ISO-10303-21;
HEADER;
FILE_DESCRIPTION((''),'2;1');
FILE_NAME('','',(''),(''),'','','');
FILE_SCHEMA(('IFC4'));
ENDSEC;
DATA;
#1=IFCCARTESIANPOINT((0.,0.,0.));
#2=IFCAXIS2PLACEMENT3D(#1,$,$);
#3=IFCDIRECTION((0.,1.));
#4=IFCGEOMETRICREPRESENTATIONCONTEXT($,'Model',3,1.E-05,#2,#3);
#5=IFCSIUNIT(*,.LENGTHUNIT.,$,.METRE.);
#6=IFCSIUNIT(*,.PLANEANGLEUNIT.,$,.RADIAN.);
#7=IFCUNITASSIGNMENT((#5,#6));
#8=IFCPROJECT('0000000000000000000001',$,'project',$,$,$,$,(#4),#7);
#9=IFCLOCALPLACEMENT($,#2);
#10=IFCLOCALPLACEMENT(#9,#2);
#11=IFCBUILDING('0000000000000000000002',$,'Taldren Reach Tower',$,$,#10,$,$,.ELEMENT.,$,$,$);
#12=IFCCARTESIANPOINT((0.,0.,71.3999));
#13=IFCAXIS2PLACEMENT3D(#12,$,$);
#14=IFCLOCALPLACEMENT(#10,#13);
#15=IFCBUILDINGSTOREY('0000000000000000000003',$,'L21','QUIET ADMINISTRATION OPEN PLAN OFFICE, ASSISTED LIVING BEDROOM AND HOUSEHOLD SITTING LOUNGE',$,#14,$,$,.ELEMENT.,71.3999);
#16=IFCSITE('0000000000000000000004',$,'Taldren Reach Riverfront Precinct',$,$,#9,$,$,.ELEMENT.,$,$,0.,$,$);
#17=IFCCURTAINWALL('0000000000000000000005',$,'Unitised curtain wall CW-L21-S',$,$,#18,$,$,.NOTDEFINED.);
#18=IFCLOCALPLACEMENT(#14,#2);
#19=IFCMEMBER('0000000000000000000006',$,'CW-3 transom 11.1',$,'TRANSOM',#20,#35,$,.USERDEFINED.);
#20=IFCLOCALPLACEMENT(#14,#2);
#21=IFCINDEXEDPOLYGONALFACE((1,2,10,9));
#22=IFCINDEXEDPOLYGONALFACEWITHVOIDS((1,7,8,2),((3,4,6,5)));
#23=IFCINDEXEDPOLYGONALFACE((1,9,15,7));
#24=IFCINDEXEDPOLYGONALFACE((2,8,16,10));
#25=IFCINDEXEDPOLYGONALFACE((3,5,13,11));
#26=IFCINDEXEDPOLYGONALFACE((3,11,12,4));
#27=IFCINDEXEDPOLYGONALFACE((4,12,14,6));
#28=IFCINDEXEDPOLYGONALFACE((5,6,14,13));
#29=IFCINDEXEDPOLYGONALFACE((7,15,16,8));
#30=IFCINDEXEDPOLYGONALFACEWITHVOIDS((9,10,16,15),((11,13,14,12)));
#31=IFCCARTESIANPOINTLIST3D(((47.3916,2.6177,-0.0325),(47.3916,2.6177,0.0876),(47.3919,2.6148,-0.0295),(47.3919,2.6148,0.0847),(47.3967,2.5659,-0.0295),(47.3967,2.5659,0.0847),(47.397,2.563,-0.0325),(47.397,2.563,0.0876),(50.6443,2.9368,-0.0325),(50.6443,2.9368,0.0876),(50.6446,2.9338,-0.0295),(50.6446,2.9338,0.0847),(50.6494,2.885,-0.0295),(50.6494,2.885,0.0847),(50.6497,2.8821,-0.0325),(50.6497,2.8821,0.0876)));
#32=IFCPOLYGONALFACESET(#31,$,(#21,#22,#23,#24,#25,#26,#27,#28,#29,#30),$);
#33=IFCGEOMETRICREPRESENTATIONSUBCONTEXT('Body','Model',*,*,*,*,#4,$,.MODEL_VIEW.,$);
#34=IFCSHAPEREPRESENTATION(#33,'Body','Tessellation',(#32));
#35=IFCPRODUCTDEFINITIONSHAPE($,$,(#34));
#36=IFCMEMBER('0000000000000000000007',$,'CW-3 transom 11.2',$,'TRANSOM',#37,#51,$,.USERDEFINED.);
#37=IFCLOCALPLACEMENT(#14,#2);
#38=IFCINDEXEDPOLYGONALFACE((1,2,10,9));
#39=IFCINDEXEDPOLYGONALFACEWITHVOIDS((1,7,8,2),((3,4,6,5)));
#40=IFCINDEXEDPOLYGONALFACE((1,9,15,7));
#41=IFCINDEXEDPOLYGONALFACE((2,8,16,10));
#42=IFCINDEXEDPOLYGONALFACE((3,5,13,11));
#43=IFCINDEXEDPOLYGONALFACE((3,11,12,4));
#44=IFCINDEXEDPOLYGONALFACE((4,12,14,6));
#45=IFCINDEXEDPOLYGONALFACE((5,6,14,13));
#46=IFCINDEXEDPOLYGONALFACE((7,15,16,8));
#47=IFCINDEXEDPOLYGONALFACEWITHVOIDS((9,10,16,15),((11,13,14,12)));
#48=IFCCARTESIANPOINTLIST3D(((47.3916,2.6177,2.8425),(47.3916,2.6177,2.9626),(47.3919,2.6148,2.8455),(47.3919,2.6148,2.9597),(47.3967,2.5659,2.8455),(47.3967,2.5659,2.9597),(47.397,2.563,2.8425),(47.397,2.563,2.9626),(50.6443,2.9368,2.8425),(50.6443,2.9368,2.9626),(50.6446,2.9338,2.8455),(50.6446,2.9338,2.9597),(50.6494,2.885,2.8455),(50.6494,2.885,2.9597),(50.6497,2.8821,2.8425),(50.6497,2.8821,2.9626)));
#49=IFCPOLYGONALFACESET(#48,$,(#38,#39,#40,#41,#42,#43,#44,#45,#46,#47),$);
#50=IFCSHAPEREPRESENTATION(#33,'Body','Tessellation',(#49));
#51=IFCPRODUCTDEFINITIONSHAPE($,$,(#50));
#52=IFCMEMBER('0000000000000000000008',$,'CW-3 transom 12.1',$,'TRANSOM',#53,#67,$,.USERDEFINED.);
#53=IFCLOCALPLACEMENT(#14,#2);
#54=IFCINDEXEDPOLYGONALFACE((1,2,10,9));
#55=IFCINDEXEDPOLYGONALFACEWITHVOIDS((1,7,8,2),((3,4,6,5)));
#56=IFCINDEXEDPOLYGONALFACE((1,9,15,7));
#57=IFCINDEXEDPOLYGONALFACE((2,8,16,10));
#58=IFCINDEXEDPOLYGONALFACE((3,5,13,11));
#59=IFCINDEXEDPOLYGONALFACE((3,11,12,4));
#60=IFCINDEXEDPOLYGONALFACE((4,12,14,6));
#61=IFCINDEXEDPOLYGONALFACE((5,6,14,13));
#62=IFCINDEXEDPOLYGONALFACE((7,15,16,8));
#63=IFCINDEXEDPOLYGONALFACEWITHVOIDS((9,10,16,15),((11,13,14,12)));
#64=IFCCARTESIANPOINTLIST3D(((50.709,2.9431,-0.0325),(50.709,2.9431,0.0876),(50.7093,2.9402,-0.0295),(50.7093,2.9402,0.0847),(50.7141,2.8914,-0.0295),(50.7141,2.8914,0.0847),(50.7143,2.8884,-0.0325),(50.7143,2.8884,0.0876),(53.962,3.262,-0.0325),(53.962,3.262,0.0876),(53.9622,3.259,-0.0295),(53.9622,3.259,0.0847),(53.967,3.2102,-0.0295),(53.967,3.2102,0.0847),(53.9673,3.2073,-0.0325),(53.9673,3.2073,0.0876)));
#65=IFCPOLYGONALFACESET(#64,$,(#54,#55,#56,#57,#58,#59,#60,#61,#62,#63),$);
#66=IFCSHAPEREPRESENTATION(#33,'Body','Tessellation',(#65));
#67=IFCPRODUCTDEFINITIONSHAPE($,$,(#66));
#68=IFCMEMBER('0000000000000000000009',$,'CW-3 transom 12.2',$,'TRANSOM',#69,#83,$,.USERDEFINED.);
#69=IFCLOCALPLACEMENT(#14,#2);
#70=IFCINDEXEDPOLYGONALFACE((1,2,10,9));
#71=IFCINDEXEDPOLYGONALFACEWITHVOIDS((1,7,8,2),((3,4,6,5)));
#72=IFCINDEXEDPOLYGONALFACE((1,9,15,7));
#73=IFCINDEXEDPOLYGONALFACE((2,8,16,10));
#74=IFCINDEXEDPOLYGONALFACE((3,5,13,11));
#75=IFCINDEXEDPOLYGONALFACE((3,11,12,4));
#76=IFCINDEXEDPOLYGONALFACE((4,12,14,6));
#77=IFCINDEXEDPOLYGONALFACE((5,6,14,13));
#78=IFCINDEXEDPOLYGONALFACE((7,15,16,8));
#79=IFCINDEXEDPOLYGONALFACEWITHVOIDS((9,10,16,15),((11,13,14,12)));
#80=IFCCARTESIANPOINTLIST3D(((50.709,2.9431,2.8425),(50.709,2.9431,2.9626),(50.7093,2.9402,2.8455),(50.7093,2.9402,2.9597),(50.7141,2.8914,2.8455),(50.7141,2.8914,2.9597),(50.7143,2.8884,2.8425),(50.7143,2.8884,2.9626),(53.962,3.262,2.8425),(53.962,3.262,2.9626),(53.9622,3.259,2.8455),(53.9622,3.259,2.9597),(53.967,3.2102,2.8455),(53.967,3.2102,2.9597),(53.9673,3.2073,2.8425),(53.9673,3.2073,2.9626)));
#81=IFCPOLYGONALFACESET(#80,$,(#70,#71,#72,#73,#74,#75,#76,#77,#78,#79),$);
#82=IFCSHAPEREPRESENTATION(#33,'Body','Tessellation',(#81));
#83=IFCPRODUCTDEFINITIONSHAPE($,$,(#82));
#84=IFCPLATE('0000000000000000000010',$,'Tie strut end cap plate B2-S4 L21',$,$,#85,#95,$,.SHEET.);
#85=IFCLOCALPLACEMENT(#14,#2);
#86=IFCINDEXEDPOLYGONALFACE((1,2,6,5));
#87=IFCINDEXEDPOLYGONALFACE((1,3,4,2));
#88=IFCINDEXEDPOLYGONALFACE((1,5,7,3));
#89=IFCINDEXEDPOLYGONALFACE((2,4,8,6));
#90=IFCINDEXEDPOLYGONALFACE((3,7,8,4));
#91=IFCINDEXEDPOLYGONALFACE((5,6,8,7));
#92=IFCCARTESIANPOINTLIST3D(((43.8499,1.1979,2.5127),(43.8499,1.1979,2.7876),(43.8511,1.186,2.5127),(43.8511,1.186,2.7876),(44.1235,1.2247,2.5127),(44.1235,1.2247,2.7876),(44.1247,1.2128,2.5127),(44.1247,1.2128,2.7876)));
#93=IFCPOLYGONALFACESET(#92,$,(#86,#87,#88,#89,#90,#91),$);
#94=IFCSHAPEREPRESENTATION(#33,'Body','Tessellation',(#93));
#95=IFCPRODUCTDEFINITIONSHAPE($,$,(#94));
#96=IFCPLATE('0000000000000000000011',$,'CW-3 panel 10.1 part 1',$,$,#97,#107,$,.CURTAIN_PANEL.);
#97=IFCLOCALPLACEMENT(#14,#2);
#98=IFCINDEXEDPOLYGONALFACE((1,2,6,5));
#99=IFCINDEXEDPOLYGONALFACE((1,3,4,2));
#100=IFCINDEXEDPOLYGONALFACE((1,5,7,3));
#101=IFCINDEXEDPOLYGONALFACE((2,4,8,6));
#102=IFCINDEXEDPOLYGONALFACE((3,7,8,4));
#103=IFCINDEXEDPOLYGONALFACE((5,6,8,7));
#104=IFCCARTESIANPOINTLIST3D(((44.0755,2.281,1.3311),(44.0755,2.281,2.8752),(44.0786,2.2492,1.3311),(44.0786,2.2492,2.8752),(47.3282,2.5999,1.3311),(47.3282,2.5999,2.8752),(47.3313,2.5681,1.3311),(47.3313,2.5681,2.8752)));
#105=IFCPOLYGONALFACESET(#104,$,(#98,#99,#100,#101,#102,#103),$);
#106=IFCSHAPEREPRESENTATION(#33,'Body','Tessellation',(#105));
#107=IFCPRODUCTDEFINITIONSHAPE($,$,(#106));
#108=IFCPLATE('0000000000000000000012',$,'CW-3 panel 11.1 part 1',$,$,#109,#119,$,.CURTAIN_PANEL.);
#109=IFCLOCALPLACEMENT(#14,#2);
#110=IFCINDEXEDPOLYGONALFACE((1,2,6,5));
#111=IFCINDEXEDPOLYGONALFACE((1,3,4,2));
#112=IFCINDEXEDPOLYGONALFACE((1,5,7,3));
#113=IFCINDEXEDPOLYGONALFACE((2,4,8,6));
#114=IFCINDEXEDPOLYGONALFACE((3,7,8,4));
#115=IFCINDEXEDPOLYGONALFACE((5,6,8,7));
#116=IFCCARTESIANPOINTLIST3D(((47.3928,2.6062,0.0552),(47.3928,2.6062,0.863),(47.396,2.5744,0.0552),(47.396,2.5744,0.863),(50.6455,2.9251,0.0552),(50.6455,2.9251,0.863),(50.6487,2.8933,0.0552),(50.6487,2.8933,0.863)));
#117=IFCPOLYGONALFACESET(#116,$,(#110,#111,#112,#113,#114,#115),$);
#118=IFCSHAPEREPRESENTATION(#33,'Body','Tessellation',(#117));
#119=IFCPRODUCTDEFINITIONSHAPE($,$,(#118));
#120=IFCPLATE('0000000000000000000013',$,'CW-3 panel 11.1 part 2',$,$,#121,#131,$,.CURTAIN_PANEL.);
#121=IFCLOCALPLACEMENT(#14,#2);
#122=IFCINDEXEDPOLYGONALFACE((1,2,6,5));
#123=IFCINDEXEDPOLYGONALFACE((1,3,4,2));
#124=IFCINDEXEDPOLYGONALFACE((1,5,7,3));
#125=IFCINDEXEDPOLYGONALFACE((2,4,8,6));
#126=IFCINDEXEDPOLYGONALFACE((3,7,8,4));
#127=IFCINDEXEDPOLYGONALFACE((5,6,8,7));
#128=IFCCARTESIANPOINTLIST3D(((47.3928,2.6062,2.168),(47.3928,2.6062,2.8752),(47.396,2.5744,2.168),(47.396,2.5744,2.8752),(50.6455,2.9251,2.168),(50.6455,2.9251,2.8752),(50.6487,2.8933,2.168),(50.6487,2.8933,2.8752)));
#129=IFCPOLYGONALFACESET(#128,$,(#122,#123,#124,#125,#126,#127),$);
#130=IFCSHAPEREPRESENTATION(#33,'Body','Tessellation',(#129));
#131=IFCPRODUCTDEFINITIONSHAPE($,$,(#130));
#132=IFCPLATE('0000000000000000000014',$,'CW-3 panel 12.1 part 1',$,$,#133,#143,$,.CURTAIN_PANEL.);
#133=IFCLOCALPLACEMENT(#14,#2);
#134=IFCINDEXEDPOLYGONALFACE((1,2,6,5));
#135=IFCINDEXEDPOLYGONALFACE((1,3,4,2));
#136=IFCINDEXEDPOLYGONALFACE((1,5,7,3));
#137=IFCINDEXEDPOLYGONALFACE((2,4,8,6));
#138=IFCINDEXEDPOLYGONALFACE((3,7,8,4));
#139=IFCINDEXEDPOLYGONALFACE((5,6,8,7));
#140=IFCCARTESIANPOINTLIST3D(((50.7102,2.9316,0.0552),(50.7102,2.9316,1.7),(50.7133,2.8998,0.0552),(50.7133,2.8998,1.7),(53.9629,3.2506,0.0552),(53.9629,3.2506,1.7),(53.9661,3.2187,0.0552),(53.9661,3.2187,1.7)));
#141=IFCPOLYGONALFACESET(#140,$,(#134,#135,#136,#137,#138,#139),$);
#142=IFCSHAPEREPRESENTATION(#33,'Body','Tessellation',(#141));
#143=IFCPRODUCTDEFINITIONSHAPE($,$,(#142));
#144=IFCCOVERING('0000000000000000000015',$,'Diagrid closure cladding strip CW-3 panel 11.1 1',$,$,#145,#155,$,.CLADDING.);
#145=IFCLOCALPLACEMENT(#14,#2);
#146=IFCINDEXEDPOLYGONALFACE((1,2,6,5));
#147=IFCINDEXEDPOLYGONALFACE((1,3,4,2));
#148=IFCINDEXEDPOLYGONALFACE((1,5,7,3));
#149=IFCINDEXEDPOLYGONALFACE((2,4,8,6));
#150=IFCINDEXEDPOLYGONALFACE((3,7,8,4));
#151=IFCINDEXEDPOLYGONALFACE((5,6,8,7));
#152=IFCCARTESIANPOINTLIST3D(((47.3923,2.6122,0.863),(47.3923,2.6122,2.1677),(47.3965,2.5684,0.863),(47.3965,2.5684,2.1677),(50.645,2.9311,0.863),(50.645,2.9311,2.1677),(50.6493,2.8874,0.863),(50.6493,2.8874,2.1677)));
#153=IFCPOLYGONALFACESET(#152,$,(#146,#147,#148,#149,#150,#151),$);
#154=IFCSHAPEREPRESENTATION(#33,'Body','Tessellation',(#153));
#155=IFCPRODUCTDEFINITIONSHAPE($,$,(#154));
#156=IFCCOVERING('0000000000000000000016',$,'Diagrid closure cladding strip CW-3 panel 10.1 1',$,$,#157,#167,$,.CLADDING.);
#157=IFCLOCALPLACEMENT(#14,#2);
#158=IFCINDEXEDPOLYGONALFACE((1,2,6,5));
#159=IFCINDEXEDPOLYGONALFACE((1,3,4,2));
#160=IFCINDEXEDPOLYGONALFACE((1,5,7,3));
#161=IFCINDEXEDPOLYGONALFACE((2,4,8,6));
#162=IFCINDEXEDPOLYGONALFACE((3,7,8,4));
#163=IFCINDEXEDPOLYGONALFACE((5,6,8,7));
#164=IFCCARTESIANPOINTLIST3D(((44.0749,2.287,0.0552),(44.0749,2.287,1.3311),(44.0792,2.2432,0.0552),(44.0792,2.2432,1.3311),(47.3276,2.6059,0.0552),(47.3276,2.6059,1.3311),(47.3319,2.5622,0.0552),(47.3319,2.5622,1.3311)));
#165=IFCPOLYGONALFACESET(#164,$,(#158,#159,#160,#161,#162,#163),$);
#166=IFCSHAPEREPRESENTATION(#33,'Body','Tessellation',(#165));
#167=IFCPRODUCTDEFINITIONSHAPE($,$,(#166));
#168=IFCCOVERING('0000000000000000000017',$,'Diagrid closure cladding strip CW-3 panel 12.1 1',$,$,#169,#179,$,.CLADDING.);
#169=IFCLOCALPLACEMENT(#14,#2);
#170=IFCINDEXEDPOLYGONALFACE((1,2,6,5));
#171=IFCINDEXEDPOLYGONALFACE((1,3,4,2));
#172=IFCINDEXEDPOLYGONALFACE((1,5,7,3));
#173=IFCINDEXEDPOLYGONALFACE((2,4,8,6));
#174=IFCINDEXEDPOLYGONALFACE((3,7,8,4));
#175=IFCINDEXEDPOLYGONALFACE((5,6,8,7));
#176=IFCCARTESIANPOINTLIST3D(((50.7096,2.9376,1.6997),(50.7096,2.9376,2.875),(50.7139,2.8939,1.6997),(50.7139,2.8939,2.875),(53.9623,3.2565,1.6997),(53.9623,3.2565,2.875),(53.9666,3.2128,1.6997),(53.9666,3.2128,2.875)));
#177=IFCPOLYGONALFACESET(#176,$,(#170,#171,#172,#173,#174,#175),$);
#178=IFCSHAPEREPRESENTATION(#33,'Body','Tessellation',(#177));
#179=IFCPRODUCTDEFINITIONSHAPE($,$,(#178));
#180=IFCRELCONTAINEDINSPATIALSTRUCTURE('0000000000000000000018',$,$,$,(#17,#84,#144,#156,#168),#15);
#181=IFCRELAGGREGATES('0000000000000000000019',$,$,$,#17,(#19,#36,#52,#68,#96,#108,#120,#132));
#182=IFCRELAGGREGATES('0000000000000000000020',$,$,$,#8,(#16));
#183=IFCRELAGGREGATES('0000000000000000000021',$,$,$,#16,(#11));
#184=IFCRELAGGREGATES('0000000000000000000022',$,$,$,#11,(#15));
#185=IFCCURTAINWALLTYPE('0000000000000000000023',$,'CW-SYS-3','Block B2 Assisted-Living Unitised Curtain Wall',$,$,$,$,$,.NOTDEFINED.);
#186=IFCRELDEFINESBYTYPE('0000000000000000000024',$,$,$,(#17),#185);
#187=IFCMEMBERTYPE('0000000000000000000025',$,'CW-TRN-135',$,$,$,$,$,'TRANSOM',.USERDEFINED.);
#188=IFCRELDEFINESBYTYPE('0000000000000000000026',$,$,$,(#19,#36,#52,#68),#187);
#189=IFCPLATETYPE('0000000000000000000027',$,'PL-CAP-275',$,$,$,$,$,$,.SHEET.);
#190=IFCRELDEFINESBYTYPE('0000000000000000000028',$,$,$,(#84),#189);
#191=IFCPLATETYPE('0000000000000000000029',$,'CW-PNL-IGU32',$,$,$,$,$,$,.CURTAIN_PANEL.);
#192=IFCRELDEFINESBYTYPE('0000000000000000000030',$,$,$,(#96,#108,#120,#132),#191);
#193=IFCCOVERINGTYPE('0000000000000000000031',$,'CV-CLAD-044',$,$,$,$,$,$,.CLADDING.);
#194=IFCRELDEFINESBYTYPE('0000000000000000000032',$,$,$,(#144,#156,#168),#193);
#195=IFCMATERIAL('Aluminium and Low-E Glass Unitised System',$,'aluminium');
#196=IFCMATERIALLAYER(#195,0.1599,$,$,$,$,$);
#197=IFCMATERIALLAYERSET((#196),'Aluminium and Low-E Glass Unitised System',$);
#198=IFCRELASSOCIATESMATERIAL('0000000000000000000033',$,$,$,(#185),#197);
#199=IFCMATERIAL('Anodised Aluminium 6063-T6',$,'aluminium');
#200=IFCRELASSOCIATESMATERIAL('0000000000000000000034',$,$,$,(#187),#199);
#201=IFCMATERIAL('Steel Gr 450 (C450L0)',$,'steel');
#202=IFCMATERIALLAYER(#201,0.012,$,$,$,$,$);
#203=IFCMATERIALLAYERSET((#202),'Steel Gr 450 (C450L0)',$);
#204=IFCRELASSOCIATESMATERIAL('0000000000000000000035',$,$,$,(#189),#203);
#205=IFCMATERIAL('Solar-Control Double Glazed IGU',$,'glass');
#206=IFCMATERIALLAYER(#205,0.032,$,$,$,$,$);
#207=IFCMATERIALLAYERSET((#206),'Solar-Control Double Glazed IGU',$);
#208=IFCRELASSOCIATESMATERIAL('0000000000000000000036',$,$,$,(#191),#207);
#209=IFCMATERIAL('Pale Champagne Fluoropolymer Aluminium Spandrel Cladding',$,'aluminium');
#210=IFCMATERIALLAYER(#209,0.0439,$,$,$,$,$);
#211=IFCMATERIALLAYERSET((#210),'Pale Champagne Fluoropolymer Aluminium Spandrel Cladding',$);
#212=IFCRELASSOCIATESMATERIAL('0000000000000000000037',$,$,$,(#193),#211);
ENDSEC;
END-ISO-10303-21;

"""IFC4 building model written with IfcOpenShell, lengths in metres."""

from ifc_helpers import new_model, si_unit, direction, frame, origin, origin_2d, place, context, subcontext, project, spatial, rectangle, hollow_rectangle, extrude, source, transform, mapped, material, layer, layer_set, material_profile, profile_set, type_object, element, aggregate, save


model = new_model("IFC4")

# Units and contexts
model_context = context("Model", 3, precision=1e-05, world=origin(), true_north=direction((0.0, 1.0)))
body_context = subcontext(model_context, "Body", "Model", "MODEL_VIEW")
ifc_project = project(units=[si_unit("LENGTHUNIT", "METRE"), si_unit("PLANEANGLEUNIT", "RADIAN")], contexts=[model_context])

# Site, building, storey
site_placement = place(None, origin())
site = spatial("IfcSite", under=ifc_project, at=site_placement, Name="Taldren Reach Riverfront Precinct", CompositionType="ELEMENT", RefElevation=0.0)
building_placement = place(site_placement, origin())
building = spatial("IfcBuilding", under=site, at=building_placement, Name="Taldren Reach Tower", CompositionType="ELEMENT")
storey_placement = place(building_placement, frame((0.0, 0.0, 71.3999)))
storey = spatial("IfcBuildingStorey", under=building, at=storey_placement, Name="L21", Description="QUIET ADMINISTRATION OPEN PLAN OFFICE, ASSISTED LIVING BEDROOM AND HOUSEHOLD SITTING LOUNGE", CompositionType="ELEMENT", Elevation=71.3999)

# Shared definitions
ifc_material_1 = material(Name="Steel Gr 450 (C450L0)", Category="steel")

# Curtain wall, members
ifc_material_2 = material(Name="Aluminium and Low-E Glass Unitised System", Category="aluminium")
ifc_layer_1 = layer(ifc_material_2, 0.1599)
ifc_layer_set_1 = layer_set([ifc_layer_1], Name="Aluminium and Low-E Glass Unitised System")
curtain_wall_type = type_object("IfcCurtainWallType", Name="CW-SYS-3", Description="Block B2 Assisted-Living Unitised Curtain Wall", PredefinedType="NOTDEFINED", material=ifc_layer_set_1)
curtain_wall_placement = place(storey_placement, origin())
curtain_wall = element("IfcCurtainWall", 1, at=curtain_wall_placement, inside=storey, type_object=curtain_wall_type, Name="Unitised curtain wall CW-L21-S", PredefinedType="NOTDEFINED")
ifc_material_3 = material(Name="Anodised Aluminium 6063-T6", Category="aluminium")
ifc_material_profile_1 = material_profile(ifc_material_3, hollow_rectangle(XDim=0.0549, YDim=0.1201, WallThickness=0.0029, at=origin_2d()), Name="ALU-120x55x3RHS")
ifc_profile_set_1 = profile_set([ifc_material_profile_1], Name="Anodised Aluminium 6063-T6")
member_type_1 = type_object("IfcMemberType", Name="CW-TRN-135", ElementType="TRANSOM", PredefinedType="USERDEFINED", material=ifc_profile_set_1)
shared_shape_1 = source(origin(), body_context, "Body", "SweptSolid", [
    extrude(hollow_rectangle(XDim=0.0549, YDim=0.1201, WallThickness=0.0029, at=origin_2d()), origin(), (0.0, 0.0, 1.0), 3.2683),
])
member_1_placement = place(storey_placement, frame((47.3943, 2.5903, 0.0276), z_axis=(0.995223, 0.097632, 0.0), x_axis=(-0.097632, 0.995223, 0.0)))
member_1 = element("IfcMember", 2, at=member_1_placement, type_object=member_type_1, Name="CW-3 transom 11.1", ObjectType="TRANSOM", PredefinedType="USERDEFINED", context=body_context, shape_type="MappedRepresentation", body=[
    mapped(shared_shape_1, transform((0.0, 0.0, 0.0), scale=1.0)),
])
member_2_placement = place(storey_placement, frame((47.3943, 2.5903, 2.9026), z_axis=(0.995223, 0.097632, 0.0), x_axis=(-0.097632, 0.995223, 0.0)))
member_2 = element("IfcMember", 3, at=member_2_placement, type_object=member_type_1, Name="CW-3 transom 11.2", ObjectType="TRANSOM", PredefinedType="USERDEFINED", context=body_context, shape_type="MappedRepresentation", body=[
    mapped(shared_shape_1, transform((0.0, 0.0, 0.0), scale=1.0)),
])
shared_shape_2 = source(origin(), body_context, "Body", "SweptSolid", [
    extrude(hollow_rectangle(XDim=0.0549, YDim=0.1201, WallThickness=0.0029, at=origin_2d()), origin(), (0.0, 0.0, 1.0), 3.2686),
])
member_3_placement = place(storey_placement, frame((50.7117, 2.9158, 0.0276), z_axis=(0.995231, 0.097551, 0.0), x_axis=(-0.097551, 0.995231, 0.0)))
member_3 = element("IfcMember", 4, at=member_3_placement, type_object=member_type_1, Name="CW-3 transom 12.1", ObjectType="TRANSOM", PredefinedType="USERDEFINED", context=body_context, shape_type="MappedRepresentation", body=[
    mapped(shared_shape_2, transform((0.0, 0.0, 0.0), scale=1.0)),
])
member_4_placement = place(storey_placement, frame((50.7117, 2.9158, 2.9026), z_axis=(0.995231, 0.097551, 0.0), x_axis=(-0.097551, 0.995231, 0.0)))
member_4 = element("IfcMember", 5, at=member_4_placement, type_object=member_type_1, Name="CW-3 transom 12.2", ObjectType="TRANSOM", PredefinedType="USERDEFINED", context=body_context, shape_type="MappedRepresentation", body=[
    mapped(shared_shape_2, transform((0.0, 0.0, 0.0), scale=1.0)),
])

# Plates
ifc_layer_2 = layer(ifc_material_1, 0.012)
ifc_layer_set_2 = layer_set([ifc_layer_2], Name="Steel Gr 450 (C450L0)")
plate_type_1 = type_object("IfcPlateType", Name="PL-CAP-275", PredefinedType="SHEET", material=ifc_layer_set_2)
shared_shape_3 = source(origin(), body_context, "Body", "SweptSolid", [
    extrude(rectangle(XDim=0.2749, YDim=0.012, at=origin_2d()), origin(), (0.0, 0.0, 1.0), 0.2749),
])
plate_1_placement = place(storey_placement, frame((43.9873, 1.2053, 2.5127), z_axis=(0.0, 0.0, 1.0), x_axis=(0.995227, 0.097583, 0.0)))
element("IfcPlate", 6, at=plate_1_placement, inside=storey, type_object=plate_type_1, Name="Tie strut end cap plate B2-S4 L21", PredefinedType="SHEET", context=body_context, shape_type="MappedRepresentation", body=[
    mapped(shared_shape_3, transform((0.0, 0.0, 0.0), scale=1.0)),
])
ifc_material_4 = material(Name="Solar-Control Double Glazed IGU", Category="glass")
ifc_layer_3 = layer(ifc_material_4, 0.032)
ifc_layer_set_3 = layer_set([ifc_layer_3], Name="Solar-Control Double Glazed IGU")
plate_type_2 = type_object("IfcPlateType", Name="CW-PNL-IGU32", PredefinedType="CURTAIN_PANEL", material=ifc_layer_set_3)
shared_shape_4 = source(origin(), body_context, "Body", "SweptSolid", [
    extrude(rectangle(XDim=3.2683, YDim=0.032, at=origin_2d()), origin(), (0.0, 0.0, 1.0), 1.5442),
])
plate_2_placement = place(storey_placement, frame((45.7034, 2.4246, 1.3311), z_axis=(0.0, 0.0, 1.0), x_axis=(0.995227, 0.097583, 0.0)))
plate_2 = element("IfcPlate", 7, at=plate_2_placement, type_object=plate_type_2, Name="CW-3 panel 10.1 part 1", PredefinedType="CURTAIN_PANEL", context=body_context, shape_type="MappedRepresentation", body=[
    mapped(shared_shape_4, transform((0.0, 0.0, 0.0), scale=1.0)),
])
shared_shape_5 = source(origin(), body_context, "Body", "SweptSolid", [
    extrude(rectangle(XDim=3.2683, YDim=0.032, at=origin_2d()), origin(), (0.0, 0.0, 1.0), 0.8079),
])
plate_3_placement = place(storey_placement, frame((49.0208, 2.7498, 0.0552), z_axis=(0.0, 0.0, 1.0), x_axis=(0.995227, 0.097583, 0.0)))
plate_3 = element("IfcPlate", 8, at=plate_3_placement, type_object=plate_type_2, Name="CW-3 panel 11.1 part 1", PredefinedType="CURTAIN_PANEL", context=body_context, shape_type="MappedRepresentation", body=[
    mapped(shared_shape_5, transform((0.0, 0.0, 0.0), scale=1.0)),
])
shared_shape_6 = source(origin(), body_context, "Body", "SweptSolid", [
    extrude(rectangle(XDim=3.2683, YDim=0.032, at=origin_2d()), origin(), (0.0, 0.0, 1.0), 0.7073),
])
plate_4_placement = place(storey_placement, frame((49.0208, 2.7498, 2.168), z_axis=(0.0, 0.0, 1.0), x_axis=(0.995227, 0.097583, 0.0)))
plate_4 = element("IfcPlate", 9, at=plate_4_placement, type_object=plate_type_2, Name="CW-3 panel 11.1 part 2", PredefinedType="CURTAIN_PANEL", context=body_context, shape_type="MappedRepresentation", body=[
    mapped(shared_shape_6, transform((0.0, 0.0, 0.0), scale=1.0)),
])
shared_shape_7 = source(origin(), body_context, "Body", "SweptSolid", [
    extrude(rectangle(XDim=3.2683, YDim=0.032, at=origin_2d()), origin(), (0.0, 0.0, 1.0), 1.6448),
])
plate_5_placement = place(storey_placement, frame((52.3381, 3.0752, 0.0552), z_axis=(0.0, 0.0, 1.0), x_axis=(0.995227, 0.097583, 0.0)))
plate_5 = element("IfcPlate", 10, at=plate_5_placement, type_object=plate_type_2, Name="CW-3 panel 12.1 part 1", PredefinedType="CURTAIN_PANEL", context=body_context, shape_type="MappedRepresentation", body=[
    mapped(shared_shape_7, transform((0.0, 0.0, 0.0), scale=1.0)),
])
aggregate(curtain_wall, [member_1, member_2, member_3, member_4, plate_2, plate_3, plate_4, plate_5])

# Coverings
ifc_material_5 = material(Name="Pale Champagne Fluoropolymer Aluminium Spandrel Cladding", Category="aluminium")
ifc_layer_4 = layer(ifc_material_5, 0.0439)
ifc_layer_set_4 = layer_set([ifc_layer_4], Name="Pale Champagne Fluoropolymer Aluminium Spandrel Cladding")
covering_type = type_object("IfcCoveringType", Name="CV-CLAD-044", PredefinedType="CLADDING", material=ifc_layer_set_4)
shared_shape_8 = source(origin(), body_context, "Body", "SweptSolid", [
    extrude(rectangle(XDim=3.2683, YDim=0.0439, at=origin_2d()), origin(), (0.0, 0.0, 1.0), 1.3047),
])
covering_1_placement = place(storey_placement, frame((49.0208, 2.7498, 0.863), z_axis=(0.0, 0.0, 1.0), x_axis=(0.995227, 0.097583, 0.0)))
element("IfcCovering", 11, at=covering_1_placement, inside=storey, type_object=covering_type, Name="Diagrid closure cladding strip CW-3 panel 11.1 1", PredefinedType="CLADDING", context=body_context, shape_type="MappedRepresentation", body=[
    mapped(shared_shape_8, transform((0.0, 0.0, 0.0), scale=1.0)),
])
shared_shape_9 = source(origin(), body_context, "Body", "SweptSolid", [
    extrude(rectangle(XDim=3.2683, YDim=0.0439, at=origin_2d()), origin(), (0.0, 0.0, 1.0), 1.2759),
])
covering_2_placement = place(storey_placement, frame((45.7034, 2.4246, 0.0552), z_axis=(0.0, 0.0, 1.0), x_axis=(0.995227, 0.097583, 0.0)))
element("IfcCovering", 12, at=covering_2_placement, inside=storey, type_object=covering_type, Name="Diagrid closure cladding strip CW-3 panel 10.1 1", PredefinedType="CLADDING", context=body_context, shape_type="MappedRepresentation", body=[
    mapped(shared_shape_9, transform((0.0, 0.0, 0.0), scale=1.0)),
])
shared_shape_10 = source(origin(), body_context, "Body", "SweptSolid", [
    extrude(rectangle(XDim=3.2683, YDim=0.0439, at=origin_2d()), origin(), (0.0, 0.0, 1.0), 1.1753),
])
covering_3_placement = place(storey_placement, frame((52.3381, 3.0752, 1.6997), z_axis=(0.0, 0.0, 1.0), x_axis=(0.995227, 0.097583, 0.0)))
element("IfcCovering", 13, at=covering_3_placement, inside=storey, type_object=covering_type, Name="Diagrid closure cladding strip CW-3 panel 12.1 1", PredefinedType="CLADDING", context=body_context, shape_type="MappedRepresentation", body=[
    mapped(shared_shape_10, transform((0.0, 0.0, 0.0), scale=1.0)),
])

save(model, "model.ifc")
